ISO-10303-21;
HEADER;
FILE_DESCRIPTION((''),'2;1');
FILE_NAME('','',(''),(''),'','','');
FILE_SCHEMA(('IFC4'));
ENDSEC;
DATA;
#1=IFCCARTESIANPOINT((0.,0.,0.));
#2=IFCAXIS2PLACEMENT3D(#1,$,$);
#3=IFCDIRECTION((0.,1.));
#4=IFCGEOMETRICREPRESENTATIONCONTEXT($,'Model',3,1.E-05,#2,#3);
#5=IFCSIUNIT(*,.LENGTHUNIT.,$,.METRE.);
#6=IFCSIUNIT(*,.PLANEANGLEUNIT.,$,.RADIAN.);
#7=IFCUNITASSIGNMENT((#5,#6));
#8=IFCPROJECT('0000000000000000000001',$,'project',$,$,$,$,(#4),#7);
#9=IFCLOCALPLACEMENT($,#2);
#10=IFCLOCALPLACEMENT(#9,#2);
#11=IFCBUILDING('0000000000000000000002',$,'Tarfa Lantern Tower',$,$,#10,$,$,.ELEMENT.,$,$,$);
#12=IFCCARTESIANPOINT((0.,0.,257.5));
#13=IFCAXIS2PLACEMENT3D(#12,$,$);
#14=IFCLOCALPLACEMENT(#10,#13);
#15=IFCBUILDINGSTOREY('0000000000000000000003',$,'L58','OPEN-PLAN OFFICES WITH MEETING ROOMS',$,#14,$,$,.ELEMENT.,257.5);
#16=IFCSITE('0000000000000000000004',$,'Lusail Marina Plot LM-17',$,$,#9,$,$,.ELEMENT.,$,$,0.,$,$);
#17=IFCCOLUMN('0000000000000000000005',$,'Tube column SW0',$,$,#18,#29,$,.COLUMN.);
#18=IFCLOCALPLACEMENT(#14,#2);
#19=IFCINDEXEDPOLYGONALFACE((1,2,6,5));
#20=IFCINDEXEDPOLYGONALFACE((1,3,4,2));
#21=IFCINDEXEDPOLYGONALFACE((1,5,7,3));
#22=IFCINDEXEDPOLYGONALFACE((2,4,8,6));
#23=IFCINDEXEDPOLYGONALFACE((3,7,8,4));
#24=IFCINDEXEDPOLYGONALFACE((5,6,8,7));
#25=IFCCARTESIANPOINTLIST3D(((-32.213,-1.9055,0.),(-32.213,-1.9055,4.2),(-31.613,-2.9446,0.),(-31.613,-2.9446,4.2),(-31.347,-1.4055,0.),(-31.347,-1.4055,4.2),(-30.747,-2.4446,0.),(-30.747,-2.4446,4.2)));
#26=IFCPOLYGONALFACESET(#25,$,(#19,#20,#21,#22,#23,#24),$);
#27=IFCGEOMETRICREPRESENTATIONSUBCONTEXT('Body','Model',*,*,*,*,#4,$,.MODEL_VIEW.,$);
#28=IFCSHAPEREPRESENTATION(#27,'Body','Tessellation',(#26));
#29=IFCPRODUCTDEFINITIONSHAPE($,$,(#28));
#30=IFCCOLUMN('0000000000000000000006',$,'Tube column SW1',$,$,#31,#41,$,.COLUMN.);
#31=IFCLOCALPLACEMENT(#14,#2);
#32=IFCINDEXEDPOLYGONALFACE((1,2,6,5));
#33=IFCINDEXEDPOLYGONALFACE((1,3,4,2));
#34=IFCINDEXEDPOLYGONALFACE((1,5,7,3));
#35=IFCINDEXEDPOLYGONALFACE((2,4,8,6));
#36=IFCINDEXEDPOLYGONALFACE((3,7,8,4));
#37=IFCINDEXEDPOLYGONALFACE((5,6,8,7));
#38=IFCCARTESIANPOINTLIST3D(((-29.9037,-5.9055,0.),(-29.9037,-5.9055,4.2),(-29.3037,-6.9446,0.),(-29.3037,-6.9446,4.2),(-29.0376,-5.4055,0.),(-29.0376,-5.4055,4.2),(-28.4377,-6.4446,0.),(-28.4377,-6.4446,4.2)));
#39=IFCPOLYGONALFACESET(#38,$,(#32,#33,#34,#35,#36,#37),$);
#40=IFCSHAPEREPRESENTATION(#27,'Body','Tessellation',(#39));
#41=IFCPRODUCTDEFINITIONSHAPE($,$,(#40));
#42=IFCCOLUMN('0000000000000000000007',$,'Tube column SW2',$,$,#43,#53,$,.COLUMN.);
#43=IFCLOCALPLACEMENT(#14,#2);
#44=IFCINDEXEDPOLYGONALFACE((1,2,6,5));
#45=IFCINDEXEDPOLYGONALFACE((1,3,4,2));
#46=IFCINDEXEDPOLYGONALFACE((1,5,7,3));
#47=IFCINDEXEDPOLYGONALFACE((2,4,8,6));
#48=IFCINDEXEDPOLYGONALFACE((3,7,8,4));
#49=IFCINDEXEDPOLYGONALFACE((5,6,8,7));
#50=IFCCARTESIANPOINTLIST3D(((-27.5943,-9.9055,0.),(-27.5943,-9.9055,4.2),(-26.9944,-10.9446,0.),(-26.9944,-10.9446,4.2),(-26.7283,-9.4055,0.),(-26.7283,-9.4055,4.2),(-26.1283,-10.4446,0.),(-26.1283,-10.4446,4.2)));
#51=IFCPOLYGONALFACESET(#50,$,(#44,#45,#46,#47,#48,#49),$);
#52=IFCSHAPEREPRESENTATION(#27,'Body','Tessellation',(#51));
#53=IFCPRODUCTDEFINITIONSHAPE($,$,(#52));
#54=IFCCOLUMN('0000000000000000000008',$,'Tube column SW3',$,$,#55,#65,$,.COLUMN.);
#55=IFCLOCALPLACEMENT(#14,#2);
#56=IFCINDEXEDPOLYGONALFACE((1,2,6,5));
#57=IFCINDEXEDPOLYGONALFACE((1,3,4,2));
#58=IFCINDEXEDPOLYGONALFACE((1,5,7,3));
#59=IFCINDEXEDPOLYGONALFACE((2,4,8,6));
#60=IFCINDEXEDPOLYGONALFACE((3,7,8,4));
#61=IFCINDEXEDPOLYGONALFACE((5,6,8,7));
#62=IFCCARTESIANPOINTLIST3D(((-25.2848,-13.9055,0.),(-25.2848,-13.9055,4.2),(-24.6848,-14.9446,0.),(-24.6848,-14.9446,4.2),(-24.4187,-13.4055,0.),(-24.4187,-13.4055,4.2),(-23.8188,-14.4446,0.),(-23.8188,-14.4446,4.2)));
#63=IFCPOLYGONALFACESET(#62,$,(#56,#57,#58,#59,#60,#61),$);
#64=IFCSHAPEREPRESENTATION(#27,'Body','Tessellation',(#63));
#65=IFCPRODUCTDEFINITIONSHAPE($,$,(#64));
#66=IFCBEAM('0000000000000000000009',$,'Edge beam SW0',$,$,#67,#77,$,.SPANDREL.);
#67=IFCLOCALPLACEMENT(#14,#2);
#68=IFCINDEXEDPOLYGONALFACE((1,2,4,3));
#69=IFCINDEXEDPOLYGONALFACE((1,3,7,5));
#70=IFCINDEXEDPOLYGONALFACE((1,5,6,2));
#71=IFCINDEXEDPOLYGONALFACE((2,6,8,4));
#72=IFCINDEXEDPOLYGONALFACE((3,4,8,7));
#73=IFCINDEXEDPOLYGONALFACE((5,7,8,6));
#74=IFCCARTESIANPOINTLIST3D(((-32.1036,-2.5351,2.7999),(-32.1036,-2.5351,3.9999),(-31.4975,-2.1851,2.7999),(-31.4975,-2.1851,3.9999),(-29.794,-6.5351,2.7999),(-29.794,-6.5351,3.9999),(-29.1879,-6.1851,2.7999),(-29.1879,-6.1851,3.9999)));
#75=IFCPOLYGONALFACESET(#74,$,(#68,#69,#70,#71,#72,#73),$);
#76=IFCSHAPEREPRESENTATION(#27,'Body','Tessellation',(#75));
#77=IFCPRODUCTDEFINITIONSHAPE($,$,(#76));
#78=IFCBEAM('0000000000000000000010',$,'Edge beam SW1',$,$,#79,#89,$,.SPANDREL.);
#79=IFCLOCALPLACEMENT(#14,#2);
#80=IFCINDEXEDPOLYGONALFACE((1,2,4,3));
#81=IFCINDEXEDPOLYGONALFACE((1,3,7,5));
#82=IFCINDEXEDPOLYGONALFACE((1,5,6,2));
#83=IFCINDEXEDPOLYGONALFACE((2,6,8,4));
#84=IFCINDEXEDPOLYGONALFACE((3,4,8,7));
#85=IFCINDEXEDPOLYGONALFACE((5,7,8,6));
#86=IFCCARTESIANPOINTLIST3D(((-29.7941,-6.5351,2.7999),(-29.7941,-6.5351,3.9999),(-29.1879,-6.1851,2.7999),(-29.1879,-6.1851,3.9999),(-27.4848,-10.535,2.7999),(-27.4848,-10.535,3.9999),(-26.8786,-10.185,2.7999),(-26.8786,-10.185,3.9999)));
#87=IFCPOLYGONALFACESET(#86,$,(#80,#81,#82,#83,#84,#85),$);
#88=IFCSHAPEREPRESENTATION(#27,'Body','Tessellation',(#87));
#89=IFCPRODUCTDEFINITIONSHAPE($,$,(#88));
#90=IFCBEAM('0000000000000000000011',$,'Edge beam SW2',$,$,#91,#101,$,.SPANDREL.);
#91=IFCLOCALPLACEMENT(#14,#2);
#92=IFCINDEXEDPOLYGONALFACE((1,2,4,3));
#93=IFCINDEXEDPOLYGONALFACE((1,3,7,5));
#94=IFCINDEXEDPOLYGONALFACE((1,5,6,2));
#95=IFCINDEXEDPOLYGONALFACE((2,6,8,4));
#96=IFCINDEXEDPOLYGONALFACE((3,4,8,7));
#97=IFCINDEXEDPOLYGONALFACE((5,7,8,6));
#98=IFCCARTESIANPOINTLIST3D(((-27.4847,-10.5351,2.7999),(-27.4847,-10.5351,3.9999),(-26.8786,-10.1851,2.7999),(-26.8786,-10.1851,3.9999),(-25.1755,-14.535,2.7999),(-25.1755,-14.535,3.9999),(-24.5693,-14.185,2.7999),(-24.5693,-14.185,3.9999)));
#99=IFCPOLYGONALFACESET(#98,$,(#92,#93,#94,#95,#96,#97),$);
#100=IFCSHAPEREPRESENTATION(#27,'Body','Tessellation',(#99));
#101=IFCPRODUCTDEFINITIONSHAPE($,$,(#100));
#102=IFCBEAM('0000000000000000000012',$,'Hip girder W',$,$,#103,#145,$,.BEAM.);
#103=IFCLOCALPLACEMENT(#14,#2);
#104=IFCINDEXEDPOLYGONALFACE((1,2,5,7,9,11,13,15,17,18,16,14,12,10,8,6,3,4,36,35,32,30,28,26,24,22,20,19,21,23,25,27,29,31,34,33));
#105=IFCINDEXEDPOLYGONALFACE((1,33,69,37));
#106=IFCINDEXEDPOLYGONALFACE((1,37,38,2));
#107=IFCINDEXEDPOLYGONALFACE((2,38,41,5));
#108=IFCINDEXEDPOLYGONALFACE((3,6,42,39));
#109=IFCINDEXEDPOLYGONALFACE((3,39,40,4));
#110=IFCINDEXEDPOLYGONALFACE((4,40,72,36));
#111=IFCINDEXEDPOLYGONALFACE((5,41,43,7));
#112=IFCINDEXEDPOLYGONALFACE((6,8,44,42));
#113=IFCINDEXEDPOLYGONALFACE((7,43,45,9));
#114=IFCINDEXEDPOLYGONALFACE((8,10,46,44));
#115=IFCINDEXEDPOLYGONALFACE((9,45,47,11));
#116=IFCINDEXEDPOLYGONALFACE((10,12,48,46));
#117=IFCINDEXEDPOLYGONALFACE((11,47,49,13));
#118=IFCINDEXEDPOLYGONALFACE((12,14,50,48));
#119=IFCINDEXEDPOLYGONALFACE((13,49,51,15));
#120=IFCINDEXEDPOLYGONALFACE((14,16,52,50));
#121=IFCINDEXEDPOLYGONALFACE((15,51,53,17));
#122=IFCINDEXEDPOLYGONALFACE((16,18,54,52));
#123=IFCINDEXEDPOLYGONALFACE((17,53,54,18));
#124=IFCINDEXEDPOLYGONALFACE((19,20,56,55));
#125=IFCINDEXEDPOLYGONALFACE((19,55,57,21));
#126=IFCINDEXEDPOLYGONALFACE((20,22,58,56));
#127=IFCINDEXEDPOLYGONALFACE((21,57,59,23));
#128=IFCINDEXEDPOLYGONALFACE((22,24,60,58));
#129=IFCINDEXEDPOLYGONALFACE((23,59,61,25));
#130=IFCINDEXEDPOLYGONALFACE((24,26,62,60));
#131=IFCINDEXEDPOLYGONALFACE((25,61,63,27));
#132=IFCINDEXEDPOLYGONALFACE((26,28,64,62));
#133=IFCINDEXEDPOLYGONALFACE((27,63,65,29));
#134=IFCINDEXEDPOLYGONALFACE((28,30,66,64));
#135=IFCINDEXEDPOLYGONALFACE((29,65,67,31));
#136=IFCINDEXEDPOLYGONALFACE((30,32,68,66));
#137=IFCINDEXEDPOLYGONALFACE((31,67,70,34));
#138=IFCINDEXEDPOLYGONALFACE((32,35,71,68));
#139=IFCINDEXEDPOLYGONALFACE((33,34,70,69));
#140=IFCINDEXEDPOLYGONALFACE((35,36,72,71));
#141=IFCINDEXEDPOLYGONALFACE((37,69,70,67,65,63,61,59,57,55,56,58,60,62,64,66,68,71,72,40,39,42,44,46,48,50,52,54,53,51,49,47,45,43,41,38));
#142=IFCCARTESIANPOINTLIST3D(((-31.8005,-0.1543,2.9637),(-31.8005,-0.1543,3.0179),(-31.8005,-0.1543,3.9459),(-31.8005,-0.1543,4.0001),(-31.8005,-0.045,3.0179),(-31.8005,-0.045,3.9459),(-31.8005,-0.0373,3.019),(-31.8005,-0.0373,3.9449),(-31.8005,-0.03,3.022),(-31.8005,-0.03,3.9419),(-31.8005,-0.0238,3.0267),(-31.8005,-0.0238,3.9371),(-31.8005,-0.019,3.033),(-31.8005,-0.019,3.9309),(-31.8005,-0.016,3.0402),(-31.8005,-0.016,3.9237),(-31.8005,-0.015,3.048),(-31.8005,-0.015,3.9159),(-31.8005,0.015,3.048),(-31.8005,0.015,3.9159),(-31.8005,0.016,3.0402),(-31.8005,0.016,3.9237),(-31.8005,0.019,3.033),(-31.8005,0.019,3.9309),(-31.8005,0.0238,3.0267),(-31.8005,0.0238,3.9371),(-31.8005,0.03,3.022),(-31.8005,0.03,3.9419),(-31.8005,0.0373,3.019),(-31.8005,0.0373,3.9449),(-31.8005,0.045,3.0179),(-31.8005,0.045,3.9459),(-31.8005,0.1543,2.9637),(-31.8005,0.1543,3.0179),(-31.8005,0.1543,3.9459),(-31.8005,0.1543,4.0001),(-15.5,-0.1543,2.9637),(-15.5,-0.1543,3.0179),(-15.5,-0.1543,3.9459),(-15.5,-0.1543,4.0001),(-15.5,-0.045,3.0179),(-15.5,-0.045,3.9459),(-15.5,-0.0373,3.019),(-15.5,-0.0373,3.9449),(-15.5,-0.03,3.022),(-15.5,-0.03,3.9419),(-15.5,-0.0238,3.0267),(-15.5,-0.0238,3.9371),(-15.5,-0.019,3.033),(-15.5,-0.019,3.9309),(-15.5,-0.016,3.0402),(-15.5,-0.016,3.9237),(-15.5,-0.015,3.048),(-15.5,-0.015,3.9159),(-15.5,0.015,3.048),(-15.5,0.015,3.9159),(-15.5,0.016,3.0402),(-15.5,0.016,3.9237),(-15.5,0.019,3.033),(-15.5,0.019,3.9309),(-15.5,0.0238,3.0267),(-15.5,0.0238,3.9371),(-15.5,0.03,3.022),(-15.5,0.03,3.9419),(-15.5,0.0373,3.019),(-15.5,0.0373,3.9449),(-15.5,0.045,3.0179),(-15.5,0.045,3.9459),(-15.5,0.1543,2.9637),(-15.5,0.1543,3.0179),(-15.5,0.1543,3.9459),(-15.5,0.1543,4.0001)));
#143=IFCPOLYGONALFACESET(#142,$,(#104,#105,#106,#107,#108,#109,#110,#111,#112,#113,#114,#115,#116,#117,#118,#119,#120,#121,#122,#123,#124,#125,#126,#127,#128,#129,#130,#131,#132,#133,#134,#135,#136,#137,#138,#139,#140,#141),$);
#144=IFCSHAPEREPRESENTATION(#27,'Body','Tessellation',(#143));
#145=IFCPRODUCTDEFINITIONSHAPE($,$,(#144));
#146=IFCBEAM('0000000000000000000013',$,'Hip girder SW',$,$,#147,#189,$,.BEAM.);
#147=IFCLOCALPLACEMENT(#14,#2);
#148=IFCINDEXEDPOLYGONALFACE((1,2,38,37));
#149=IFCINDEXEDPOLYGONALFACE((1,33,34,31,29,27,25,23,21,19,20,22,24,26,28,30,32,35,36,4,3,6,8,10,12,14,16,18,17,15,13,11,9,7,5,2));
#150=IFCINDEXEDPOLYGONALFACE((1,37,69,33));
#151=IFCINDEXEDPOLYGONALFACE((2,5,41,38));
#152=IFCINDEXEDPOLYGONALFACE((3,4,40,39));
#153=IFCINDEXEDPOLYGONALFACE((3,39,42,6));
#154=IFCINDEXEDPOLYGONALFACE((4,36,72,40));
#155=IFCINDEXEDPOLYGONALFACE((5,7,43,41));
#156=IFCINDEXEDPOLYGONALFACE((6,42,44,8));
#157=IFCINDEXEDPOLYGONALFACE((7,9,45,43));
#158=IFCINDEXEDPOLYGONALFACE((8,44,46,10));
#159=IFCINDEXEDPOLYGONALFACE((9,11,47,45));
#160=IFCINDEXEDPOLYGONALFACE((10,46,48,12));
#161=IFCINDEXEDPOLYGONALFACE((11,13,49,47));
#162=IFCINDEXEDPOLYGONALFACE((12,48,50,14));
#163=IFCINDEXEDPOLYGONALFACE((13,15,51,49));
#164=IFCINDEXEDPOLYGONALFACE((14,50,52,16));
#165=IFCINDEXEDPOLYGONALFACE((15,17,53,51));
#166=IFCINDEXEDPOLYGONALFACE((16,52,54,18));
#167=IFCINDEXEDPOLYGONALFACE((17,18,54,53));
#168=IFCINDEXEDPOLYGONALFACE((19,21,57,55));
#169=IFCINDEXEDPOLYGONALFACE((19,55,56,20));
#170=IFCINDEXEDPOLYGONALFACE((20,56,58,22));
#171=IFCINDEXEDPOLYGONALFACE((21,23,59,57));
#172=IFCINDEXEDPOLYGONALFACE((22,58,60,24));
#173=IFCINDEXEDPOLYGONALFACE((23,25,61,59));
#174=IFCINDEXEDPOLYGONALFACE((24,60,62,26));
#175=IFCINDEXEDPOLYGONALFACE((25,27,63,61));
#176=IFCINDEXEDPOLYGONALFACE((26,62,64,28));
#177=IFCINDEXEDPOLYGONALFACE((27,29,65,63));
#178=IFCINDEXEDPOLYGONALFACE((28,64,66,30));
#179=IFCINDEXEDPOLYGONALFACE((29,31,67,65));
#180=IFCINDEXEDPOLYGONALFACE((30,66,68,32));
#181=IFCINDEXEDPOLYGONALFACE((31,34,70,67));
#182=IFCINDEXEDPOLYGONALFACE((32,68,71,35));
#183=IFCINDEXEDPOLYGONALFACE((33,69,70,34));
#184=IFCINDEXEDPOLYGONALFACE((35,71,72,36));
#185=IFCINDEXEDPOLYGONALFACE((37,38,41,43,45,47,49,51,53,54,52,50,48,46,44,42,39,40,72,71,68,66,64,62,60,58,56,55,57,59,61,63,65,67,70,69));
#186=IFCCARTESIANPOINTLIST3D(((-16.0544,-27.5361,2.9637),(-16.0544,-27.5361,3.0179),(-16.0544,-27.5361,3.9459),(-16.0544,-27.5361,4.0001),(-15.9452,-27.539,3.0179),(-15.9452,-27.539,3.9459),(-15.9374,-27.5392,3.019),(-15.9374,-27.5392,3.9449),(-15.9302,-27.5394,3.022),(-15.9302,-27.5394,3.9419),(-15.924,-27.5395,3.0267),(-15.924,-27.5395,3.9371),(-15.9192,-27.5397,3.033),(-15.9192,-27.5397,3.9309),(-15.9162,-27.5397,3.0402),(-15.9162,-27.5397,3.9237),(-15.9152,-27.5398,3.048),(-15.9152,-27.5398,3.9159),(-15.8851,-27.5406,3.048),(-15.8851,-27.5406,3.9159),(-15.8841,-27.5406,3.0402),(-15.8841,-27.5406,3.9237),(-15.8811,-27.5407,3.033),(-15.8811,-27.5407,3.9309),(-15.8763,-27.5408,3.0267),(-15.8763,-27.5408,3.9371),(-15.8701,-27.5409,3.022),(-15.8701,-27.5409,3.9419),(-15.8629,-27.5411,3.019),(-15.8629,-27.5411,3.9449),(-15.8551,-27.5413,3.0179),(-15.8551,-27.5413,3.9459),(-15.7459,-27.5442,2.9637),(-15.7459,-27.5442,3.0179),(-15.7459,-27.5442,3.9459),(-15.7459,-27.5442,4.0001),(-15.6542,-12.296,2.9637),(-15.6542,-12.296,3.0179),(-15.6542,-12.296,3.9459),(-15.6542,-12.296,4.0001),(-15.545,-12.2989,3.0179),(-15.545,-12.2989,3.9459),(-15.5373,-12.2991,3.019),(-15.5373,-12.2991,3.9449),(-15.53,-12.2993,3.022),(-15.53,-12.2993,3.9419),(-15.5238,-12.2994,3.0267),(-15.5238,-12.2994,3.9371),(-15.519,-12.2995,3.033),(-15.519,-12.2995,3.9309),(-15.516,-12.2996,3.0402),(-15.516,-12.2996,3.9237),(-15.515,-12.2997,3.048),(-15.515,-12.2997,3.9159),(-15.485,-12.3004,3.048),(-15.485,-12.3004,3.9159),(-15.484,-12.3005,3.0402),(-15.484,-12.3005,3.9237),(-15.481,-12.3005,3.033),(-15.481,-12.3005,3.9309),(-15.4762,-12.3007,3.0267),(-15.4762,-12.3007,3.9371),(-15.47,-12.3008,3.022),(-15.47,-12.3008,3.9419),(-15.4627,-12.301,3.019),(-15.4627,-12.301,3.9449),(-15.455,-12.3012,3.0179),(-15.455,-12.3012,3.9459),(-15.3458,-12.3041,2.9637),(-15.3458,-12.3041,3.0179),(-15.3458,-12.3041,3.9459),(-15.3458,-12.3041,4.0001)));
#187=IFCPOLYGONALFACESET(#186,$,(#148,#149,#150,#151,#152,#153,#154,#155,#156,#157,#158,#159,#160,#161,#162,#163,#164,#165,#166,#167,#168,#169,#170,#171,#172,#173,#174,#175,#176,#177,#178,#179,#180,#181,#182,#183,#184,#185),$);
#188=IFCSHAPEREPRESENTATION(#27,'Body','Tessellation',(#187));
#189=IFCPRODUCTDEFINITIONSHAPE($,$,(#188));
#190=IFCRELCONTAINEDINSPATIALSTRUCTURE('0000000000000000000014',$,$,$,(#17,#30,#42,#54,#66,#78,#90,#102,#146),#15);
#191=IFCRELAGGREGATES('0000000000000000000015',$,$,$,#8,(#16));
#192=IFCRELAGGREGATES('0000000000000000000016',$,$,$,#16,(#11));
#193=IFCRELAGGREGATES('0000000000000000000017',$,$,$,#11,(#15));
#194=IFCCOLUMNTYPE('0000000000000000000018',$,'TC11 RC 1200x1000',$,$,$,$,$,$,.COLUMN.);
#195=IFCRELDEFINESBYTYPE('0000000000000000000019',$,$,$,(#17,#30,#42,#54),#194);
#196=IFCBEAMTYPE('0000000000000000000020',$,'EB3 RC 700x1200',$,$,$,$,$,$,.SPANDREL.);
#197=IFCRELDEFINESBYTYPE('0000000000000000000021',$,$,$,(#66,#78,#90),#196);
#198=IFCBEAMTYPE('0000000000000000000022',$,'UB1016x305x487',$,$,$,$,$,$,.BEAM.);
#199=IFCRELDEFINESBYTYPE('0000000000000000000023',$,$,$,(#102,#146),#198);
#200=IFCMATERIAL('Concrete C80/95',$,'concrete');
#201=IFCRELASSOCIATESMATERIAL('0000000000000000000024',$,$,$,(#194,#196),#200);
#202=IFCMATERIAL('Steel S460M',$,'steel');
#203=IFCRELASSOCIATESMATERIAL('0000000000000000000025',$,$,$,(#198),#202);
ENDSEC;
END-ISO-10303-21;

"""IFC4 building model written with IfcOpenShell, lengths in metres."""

from ifc_helpers import new_model, si_unit, direction, frame, origin, origin_2d, place, context, subcontext, project, spatial, rectangle, i_section, extrude, material, material_profile, profile_set, type_object, element, save


model = new_model("IFC4")

# Units and contexts
model_context = context("Model", 3, precision=1e-05, world=origin(), true_north=direction((0.0, 1.0)))
body_context = subcontext(model_context, "Body", "Model", "MODEL_VIEW")
ifc_project = project(units=[si_unit("LENGTHUNIT", "METRE"), si_unit("PLANEANGLEUNIT", "RADIAN")], contexts=[model_context])

# Site, building, storey
site_placement = place(None, origin())
site = spatial("IfcSite", under=ifc_project, at=site_placement, Name="Lusail Marina Plot LM-17", CompositionType="ELEMENT", RefElevation=0.0)
building_placement = place(site_placement, origin())
building = spatial("IfcBuilding", under=site, at=building_placement, Name="Tarfa Lantern Tower", CompositionType="ELEMENT")
storey_placement = place(building_placement, frame((0.0, 0.0, 257.5)))
storey = spatial("IfcBuildingStorey", under=building, at=storey_placement, Name="L58", Description="OPEN-PLAN OFFICES WITH MEETING ROOMS", CompositionType="ELEMENT", Elevation=257.5)

# Columns
ifc_material_1 = material(Name="Concrete C80/95", Category="concrete")
ifc_material_profile_1 = material_profile(ifc_material_1, rectangle(XDim=1.2, YDim=1.0, at=origin_2d()), Name="RC 1200x1000")
ifc_profile_set_1 = profile_set([ifc_material_profile_1], Name="Concrete C80/95")
column_type = type_object("IfcColumnType", Name="TC11 RC 1200x1000", PredefinedType="COLUMN", material=ifc_profile_set_1)
for number, where, z_axis, x_axis, name in (
    (1, (-31.48, -2.175, 0.0), (0.0, 0.0, 1.0), (0.5, -0.866025, 0.0), "Tube column SW0"),
    (2, (-29.1707, -6.175, 0.0), (0.0, 0.0, 1.0), (0.5, -0.866025, 0.0), "Tube column SW1"),
    (3, (-26.8613, -10.175, 0.0), (0.0, 0.0, 1.0), (0.5, -0.866025, 0.0), "Tube column SW2"),
    (4, (-24.5518, -14.175, 0.0), (0.0, 0.0, 1.0), (0.5, -0.866025, 0.0), "Tube column SW3"),
):
    element("IfcColumn", number, at=place(storey_placement, frame(where, z_axis=z_axis, x_axis=x_axis)), inside=storey, type_object=column_type, Name=name, PredefinedType="COLUMN", context=body_context, shape_type="SweptSolid", body=[
        extrude(rectangle(XDim=1.2, YDim=1.0, at=origin_2d()), origin(), (0.0, 0.0, 1.0), 4.2),
    ])

# Beams
ifc_material_profile_2 = material_profile(ifc_material_1, rectangle(XDim=0.7, YDim=1.2, at=origin_2d()), Name="RC 700x1200")
ifc_profile_set_2 = profile_set([ifc_material_profile_2], Name="Concrete C80/95")
beam_type_1 = type_object("IfcBeamType", Name="EB3 RC 700x1200", PredefinedType="SPANDREL", material=ifc_profile_set_2)
beam_1_placement = place(storey_placement, frame((-31.8005, -2.3601, 3.3999), z_axis=(0.500027, -0.86601, 0.0), x_axis=(0.86601, 0.500027, 0.0)))
element("IfcBeam", 5, at=beam_1_placement, inside=storey, type_object=beam_type_1, Name="Edge beam SW0", PredefinedType="SPANDREL", context=body_context, shape_type="SweptSolid", body=[
    extrude(rectangle(XDim=0.7, YDim=1.2, at=origin_2d()), origin(), (0.0, 0.0, 1.0), 4.6189),
])
for number, where, z_axis, x_axis, name in (
    (6, (-29.491, -6.3601, 3.3999), (0.499988, -0.866032, 0.0), (0.866032, 0.499988, 0.0), "Edge beam SW1"),
    (7, (-27.1816, -10.3601, 3.3999), (0.499988, -0.866032, 0.0), (0.866032, 0.499988, 0.0), "Edge beam SW2"),
):
    element("IfcBeam", number, at=place(storey_placement, frame(where, z_axis=z_axis, x_axis=x_axis)), inside=storey, type_object=beam_type_1, Name=name, PredefinedType="SPANDREL", context=body_context, shape_type="SweptSolid", body=[
        extrude(rectangle(XDim=0.7, YDim=1.2, at=origin_2d()), origin(), (0.0, 0.0, 1.0), 4.6187),
    ])
ifc_material_2 = material(Name="Steel S460M", Category="steel")
ifc_material_profile_3 = material_profile(ifc_material_2, i_section(OverallWidth=0.3086, OverallDepth=1.0364, WebThickness=0.03, FlangeThickness=0.0542, FilletRadius=0.03, at=origin_2d()), Name="UB1016x305x487")
ifc_profile_set_3 = profile_set([ifc_material_profile_3], Name="Steel S460M")
beam_type_2 = type_object("IfcBeamType", Name="UB1016x305x487", PredefinedType="BEAM", material=ifc_profile_set_3)
beam_2_placement = place(storey_placement, frame((-15.5, 0.0, 3.4819), z_axis=(-1.0, 0.0, 0.0), x_axis=(0.0, -1.0, 0.0)))
element("IfcBeam", 8, at=beam_2_placement, inside=storey, type_object=beam_type_2, Name="Hip girder W", PredefinedType="BEAM", context=body_context, shape_type="SweptSolid", body=[
    extrude(i_section(OverallWidth=0.3086, OverallDepth=1.0364, WebThickness=0.03, FlangeThickness=0.0542, FilletRadius=0.03, at=origin_2d()), origin(), (0.0, 0.0, 1.0), 16.3005),
])
beam_3_placement = place(storey_placement, frame((-15.5, -12.3, 3.4819), z_axis=(-0.026247, -0.999655, 0.0), x_axis=(0.999655, -0.026247, 0.0)))
element("IfcBeam", 9, at=beam_3_placement, inside=storey, type_object=beam_type_2, Name="Hip girder SW", PredefinedType="BEAM", context=body_context, shape_type="SweptSolid", body=[
    extrude(i_section(OverallWidth=0.3086, OverallDepth=1.0364, WebThickness=0.03, FlangeThickness=0.0542, FilletRadius=0.03, at=origin_2d()), origin(), (0.0, 0.0, 1.0), 15.2454),
])

save(model, "model.ifc")
